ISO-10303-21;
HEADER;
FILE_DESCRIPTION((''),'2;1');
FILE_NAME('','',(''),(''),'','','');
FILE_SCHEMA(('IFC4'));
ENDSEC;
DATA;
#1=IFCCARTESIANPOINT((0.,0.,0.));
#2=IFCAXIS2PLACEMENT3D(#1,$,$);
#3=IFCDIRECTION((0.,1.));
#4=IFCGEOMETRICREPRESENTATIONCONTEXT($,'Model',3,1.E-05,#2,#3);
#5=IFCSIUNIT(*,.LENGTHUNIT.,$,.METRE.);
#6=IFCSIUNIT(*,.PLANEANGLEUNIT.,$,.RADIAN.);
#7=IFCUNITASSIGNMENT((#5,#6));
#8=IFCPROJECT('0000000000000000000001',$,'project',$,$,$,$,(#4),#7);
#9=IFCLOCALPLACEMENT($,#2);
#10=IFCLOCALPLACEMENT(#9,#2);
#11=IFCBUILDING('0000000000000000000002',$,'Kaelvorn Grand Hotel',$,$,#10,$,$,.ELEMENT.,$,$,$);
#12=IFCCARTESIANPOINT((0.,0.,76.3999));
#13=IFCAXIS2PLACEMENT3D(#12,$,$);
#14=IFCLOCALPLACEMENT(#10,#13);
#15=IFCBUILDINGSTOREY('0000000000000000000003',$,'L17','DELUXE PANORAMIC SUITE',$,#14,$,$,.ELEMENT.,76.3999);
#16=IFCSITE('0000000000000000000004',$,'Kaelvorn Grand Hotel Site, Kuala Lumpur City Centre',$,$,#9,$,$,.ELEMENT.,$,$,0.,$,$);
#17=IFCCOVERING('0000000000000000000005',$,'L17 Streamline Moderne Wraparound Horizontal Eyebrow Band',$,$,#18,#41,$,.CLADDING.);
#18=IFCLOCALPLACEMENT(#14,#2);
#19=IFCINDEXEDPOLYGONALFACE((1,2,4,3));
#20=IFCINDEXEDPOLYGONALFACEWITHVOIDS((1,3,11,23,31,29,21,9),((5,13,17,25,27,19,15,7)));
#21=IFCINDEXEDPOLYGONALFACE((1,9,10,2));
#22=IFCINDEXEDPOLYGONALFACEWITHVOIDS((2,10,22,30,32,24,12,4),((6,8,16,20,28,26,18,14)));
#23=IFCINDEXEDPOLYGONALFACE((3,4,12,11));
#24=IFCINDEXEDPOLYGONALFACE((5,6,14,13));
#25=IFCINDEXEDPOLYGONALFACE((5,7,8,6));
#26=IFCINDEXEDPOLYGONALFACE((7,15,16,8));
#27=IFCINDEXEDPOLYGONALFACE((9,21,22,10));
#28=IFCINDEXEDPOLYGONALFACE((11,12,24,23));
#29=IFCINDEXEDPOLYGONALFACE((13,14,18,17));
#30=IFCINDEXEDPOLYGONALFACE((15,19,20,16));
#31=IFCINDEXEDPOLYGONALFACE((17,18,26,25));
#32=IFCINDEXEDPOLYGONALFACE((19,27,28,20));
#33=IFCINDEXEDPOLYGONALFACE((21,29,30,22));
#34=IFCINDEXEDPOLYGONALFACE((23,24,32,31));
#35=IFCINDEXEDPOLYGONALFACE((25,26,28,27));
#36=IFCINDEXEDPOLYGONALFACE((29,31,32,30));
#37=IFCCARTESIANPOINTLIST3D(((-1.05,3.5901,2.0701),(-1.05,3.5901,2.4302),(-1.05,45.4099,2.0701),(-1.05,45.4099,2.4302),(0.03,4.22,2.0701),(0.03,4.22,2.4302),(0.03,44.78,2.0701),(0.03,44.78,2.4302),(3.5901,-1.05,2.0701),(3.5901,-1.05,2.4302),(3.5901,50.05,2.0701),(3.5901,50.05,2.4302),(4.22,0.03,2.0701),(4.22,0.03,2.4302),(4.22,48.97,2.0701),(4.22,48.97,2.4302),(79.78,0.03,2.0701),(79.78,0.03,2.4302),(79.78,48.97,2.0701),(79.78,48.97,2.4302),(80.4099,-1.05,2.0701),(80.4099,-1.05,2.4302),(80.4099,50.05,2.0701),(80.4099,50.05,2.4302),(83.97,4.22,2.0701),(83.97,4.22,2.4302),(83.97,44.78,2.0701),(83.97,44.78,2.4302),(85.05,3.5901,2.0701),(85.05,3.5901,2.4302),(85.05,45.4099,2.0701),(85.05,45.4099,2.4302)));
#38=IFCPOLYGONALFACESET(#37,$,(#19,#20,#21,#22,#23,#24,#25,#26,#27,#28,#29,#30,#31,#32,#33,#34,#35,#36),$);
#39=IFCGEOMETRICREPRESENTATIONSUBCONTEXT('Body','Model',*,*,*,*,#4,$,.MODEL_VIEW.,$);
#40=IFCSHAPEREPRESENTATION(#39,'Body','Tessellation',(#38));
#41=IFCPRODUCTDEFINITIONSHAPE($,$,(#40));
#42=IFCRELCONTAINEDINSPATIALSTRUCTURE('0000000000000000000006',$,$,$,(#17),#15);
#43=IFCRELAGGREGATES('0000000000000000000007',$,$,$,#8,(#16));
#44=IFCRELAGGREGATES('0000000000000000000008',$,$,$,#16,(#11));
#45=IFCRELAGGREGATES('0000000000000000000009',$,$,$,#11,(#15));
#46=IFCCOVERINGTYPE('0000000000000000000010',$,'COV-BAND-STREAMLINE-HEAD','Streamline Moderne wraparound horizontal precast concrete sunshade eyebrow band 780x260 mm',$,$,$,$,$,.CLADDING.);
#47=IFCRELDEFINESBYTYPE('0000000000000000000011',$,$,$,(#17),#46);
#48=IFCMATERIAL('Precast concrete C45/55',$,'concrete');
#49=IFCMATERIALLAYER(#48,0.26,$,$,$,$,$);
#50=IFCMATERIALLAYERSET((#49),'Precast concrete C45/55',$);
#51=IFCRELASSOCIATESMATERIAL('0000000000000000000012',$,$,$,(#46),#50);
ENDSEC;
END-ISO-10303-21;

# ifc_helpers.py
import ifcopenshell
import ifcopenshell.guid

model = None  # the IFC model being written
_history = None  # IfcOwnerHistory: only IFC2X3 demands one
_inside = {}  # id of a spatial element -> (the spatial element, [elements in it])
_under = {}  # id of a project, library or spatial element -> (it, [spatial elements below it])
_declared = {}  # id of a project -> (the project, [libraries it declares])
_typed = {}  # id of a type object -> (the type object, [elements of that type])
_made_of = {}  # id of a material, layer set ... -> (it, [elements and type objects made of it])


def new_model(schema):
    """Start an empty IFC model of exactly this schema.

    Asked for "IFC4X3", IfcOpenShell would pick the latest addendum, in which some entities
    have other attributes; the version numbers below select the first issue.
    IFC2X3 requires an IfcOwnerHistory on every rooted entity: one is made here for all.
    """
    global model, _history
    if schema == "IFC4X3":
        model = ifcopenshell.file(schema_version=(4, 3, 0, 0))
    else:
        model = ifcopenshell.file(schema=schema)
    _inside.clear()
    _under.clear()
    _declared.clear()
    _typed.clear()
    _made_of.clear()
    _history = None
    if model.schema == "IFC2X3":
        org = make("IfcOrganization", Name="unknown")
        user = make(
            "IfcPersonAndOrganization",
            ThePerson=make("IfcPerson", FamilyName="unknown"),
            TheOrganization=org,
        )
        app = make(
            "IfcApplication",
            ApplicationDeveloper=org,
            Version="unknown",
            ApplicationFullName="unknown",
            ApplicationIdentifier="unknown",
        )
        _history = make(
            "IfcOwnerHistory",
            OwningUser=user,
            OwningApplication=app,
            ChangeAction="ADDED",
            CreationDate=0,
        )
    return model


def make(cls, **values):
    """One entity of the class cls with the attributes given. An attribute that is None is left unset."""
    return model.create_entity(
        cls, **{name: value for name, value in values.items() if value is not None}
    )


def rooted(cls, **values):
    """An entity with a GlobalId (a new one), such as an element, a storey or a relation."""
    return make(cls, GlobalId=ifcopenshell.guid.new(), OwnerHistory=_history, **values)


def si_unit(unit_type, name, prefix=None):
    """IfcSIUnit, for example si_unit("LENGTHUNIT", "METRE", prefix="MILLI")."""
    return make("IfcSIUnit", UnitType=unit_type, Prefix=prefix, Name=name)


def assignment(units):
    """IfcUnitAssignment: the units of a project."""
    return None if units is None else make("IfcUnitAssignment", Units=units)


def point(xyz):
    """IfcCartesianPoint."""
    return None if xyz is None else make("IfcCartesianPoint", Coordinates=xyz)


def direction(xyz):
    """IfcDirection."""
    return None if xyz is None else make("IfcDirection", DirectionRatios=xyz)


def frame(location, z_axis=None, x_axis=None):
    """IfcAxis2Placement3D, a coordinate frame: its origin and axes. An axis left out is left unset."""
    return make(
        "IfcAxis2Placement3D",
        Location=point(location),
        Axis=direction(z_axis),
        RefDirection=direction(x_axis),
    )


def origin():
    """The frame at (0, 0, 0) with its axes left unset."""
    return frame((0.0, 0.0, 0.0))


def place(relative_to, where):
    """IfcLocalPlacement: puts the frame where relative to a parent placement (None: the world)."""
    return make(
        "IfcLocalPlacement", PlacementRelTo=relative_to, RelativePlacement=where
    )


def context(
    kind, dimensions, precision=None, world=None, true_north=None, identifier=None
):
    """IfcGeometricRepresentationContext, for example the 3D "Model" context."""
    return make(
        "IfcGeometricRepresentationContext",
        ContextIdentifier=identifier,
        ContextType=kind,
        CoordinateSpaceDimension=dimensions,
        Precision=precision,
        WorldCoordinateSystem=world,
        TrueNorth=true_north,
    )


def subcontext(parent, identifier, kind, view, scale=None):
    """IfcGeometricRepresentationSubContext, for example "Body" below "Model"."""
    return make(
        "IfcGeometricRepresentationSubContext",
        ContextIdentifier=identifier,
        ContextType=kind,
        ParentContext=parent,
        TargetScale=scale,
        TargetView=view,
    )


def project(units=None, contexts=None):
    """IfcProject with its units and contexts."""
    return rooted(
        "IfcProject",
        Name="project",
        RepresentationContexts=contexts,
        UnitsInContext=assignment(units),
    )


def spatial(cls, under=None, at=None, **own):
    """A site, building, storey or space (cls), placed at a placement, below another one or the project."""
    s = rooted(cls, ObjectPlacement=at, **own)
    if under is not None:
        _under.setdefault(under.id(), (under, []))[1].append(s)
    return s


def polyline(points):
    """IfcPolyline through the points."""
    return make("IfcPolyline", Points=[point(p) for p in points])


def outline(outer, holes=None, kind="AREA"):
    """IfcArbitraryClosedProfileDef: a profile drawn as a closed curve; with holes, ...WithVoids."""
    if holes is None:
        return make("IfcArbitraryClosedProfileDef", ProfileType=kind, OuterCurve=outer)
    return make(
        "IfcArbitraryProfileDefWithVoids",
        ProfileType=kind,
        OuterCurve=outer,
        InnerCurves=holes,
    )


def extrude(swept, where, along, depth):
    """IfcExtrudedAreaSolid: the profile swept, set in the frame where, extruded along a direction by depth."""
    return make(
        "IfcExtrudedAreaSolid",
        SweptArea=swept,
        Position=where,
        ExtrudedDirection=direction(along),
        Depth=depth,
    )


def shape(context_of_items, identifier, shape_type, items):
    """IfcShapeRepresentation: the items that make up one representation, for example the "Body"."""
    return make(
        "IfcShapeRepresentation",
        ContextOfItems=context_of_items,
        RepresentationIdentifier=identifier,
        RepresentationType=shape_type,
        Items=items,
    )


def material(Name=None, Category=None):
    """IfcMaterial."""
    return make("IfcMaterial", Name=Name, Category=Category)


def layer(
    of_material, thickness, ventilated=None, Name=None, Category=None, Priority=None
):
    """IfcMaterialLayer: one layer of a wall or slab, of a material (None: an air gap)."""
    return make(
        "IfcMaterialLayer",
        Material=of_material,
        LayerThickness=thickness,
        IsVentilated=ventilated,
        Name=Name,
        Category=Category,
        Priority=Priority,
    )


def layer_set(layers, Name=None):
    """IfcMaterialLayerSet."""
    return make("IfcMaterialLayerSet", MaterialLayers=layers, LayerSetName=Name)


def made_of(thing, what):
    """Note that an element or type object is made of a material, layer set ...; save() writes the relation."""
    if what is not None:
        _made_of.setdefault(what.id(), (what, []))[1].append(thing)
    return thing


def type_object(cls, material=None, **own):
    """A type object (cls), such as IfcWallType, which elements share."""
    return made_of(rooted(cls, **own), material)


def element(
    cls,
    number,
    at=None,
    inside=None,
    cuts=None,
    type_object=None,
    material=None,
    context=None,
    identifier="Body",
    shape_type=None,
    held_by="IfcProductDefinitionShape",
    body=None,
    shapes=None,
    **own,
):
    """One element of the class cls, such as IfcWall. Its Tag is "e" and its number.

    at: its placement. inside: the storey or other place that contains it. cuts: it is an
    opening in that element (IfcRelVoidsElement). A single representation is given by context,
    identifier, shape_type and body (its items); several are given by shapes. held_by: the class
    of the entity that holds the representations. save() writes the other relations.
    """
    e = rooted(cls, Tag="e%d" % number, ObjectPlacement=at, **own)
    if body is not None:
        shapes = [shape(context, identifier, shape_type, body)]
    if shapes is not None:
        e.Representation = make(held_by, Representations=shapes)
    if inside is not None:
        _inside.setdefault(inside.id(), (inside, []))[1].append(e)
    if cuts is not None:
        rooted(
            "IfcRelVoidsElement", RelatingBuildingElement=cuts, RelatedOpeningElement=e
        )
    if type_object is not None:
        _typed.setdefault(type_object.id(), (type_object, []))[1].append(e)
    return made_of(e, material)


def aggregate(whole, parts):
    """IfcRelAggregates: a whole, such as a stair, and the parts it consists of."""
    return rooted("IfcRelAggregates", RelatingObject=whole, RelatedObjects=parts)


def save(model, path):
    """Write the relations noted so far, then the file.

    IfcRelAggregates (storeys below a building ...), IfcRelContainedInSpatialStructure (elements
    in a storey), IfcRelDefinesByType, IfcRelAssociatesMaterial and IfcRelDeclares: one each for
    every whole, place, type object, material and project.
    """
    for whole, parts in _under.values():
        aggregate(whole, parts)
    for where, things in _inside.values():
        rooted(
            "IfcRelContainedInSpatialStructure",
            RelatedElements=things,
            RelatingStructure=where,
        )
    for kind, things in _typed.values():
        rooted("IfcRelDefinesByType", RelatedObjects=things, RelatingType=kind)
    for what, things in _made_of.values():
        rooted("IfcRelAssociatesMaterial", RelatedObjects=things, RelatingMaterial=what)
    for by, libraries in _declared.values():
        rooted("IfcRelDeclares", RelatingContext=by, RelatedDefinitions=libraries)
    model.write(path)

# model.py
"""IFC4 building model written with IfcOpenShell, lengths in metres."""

from ifc_helpers import new_model, si_unit, direction, frame, origin, place, context, subcontext, project, spatial, polyline, outline, extrude, material, layer, layer_set, type_object, element, save


model = new_model("IFC4")

# Units and contexts
model_context = context("Model", 3, precision=1e-05, world=origin(), true_north=direction((0.0, 1.0)))
body_context = subcontext(model_context, "Body", "Model", "MODEL_VIEW")
ifc_project = project(units=[si_unit("LENGTHUNIT", "METRE"), si_unit("PLANEANGLEUNIT", "RADIAN")], contexts=[model_context])

# Site, building, storey
site_placement = place(None, origin())
site = spatial("IfcSite", under=ifc_project, at=site_placement, Name="Kaelvorn Grand Hotel Site, Kuala Lumpur City Centre", CompositionType="ELEMENT", RefElevation=0.0)
building_placement = place(site_placement, origin())
building = spatial("IfcBuilding", under=site, at=building_placement, Name="Kaelvorn Grand Hotel", CompositionType="ELEMENT")
storey_placement = place(building_placement, frame((0.0, 0.0, 76.3999)))
storey = spatial("IfcBuildingStorey", under=building, at=storey_placement, Name="L17", Description="DELUXE PANORAMIC SUITE", CompositionType="ELEMENT", Elevation=76.3999)

# Covering
ifc_material_1 = material(Name="Precast concrete C45/55", Category="concrete")
ifc_layer_1 = layer(ifc_material_1, 0.26)
ifc_layer_set_1 = layer_set([ifc_layer_1], Name="Precast concrete C45/55")
covering_type = type_object("IfcCoveringType", Name="COV-BAND-STREAMLINE-HEAD", Description="Streamline Moderne wraparound horizontal precast concrete sunshade eyebrow band 780x260 mm", PredefinedType="CLADDING", material=ifc_layer_set_1)
covering_placement = place(storey_placement, frame((0.0, 0.0, 2.0701)))
element("IfcCovering", 1, at=covering_placement, inside=storey, type_object=covering_type, Name="L17 Streamline Moderne Wraparound Horizontal Eyebrow Band", PredefinedType="CLADDING", context=body_context, shape_type="SweptSolid", body=[
    extrude(outline(polyline([(3.5901, -1.05), (80.4099, -1.05), (85.05, 3.5901), (85.05, 45.4099), (80.4099, 50.05), (3.5901, 50.05), (-1.05, 45.4099), (-1.05, 3.5901), (3.5901, -1.05)]), holes=[polyline([(4.22, 0.03), (79.78, 0.03), (83.97, 4.22), (83.97, 44.78), (79.78, 48.97), (4.22, 48.97), (0.03, 44.78), (0.03, 4.22), (4.22, 0.03)])]), origin(), (0.0, 0.0, 1.0), 0.3601),
])

save(model, "model.ifc")
